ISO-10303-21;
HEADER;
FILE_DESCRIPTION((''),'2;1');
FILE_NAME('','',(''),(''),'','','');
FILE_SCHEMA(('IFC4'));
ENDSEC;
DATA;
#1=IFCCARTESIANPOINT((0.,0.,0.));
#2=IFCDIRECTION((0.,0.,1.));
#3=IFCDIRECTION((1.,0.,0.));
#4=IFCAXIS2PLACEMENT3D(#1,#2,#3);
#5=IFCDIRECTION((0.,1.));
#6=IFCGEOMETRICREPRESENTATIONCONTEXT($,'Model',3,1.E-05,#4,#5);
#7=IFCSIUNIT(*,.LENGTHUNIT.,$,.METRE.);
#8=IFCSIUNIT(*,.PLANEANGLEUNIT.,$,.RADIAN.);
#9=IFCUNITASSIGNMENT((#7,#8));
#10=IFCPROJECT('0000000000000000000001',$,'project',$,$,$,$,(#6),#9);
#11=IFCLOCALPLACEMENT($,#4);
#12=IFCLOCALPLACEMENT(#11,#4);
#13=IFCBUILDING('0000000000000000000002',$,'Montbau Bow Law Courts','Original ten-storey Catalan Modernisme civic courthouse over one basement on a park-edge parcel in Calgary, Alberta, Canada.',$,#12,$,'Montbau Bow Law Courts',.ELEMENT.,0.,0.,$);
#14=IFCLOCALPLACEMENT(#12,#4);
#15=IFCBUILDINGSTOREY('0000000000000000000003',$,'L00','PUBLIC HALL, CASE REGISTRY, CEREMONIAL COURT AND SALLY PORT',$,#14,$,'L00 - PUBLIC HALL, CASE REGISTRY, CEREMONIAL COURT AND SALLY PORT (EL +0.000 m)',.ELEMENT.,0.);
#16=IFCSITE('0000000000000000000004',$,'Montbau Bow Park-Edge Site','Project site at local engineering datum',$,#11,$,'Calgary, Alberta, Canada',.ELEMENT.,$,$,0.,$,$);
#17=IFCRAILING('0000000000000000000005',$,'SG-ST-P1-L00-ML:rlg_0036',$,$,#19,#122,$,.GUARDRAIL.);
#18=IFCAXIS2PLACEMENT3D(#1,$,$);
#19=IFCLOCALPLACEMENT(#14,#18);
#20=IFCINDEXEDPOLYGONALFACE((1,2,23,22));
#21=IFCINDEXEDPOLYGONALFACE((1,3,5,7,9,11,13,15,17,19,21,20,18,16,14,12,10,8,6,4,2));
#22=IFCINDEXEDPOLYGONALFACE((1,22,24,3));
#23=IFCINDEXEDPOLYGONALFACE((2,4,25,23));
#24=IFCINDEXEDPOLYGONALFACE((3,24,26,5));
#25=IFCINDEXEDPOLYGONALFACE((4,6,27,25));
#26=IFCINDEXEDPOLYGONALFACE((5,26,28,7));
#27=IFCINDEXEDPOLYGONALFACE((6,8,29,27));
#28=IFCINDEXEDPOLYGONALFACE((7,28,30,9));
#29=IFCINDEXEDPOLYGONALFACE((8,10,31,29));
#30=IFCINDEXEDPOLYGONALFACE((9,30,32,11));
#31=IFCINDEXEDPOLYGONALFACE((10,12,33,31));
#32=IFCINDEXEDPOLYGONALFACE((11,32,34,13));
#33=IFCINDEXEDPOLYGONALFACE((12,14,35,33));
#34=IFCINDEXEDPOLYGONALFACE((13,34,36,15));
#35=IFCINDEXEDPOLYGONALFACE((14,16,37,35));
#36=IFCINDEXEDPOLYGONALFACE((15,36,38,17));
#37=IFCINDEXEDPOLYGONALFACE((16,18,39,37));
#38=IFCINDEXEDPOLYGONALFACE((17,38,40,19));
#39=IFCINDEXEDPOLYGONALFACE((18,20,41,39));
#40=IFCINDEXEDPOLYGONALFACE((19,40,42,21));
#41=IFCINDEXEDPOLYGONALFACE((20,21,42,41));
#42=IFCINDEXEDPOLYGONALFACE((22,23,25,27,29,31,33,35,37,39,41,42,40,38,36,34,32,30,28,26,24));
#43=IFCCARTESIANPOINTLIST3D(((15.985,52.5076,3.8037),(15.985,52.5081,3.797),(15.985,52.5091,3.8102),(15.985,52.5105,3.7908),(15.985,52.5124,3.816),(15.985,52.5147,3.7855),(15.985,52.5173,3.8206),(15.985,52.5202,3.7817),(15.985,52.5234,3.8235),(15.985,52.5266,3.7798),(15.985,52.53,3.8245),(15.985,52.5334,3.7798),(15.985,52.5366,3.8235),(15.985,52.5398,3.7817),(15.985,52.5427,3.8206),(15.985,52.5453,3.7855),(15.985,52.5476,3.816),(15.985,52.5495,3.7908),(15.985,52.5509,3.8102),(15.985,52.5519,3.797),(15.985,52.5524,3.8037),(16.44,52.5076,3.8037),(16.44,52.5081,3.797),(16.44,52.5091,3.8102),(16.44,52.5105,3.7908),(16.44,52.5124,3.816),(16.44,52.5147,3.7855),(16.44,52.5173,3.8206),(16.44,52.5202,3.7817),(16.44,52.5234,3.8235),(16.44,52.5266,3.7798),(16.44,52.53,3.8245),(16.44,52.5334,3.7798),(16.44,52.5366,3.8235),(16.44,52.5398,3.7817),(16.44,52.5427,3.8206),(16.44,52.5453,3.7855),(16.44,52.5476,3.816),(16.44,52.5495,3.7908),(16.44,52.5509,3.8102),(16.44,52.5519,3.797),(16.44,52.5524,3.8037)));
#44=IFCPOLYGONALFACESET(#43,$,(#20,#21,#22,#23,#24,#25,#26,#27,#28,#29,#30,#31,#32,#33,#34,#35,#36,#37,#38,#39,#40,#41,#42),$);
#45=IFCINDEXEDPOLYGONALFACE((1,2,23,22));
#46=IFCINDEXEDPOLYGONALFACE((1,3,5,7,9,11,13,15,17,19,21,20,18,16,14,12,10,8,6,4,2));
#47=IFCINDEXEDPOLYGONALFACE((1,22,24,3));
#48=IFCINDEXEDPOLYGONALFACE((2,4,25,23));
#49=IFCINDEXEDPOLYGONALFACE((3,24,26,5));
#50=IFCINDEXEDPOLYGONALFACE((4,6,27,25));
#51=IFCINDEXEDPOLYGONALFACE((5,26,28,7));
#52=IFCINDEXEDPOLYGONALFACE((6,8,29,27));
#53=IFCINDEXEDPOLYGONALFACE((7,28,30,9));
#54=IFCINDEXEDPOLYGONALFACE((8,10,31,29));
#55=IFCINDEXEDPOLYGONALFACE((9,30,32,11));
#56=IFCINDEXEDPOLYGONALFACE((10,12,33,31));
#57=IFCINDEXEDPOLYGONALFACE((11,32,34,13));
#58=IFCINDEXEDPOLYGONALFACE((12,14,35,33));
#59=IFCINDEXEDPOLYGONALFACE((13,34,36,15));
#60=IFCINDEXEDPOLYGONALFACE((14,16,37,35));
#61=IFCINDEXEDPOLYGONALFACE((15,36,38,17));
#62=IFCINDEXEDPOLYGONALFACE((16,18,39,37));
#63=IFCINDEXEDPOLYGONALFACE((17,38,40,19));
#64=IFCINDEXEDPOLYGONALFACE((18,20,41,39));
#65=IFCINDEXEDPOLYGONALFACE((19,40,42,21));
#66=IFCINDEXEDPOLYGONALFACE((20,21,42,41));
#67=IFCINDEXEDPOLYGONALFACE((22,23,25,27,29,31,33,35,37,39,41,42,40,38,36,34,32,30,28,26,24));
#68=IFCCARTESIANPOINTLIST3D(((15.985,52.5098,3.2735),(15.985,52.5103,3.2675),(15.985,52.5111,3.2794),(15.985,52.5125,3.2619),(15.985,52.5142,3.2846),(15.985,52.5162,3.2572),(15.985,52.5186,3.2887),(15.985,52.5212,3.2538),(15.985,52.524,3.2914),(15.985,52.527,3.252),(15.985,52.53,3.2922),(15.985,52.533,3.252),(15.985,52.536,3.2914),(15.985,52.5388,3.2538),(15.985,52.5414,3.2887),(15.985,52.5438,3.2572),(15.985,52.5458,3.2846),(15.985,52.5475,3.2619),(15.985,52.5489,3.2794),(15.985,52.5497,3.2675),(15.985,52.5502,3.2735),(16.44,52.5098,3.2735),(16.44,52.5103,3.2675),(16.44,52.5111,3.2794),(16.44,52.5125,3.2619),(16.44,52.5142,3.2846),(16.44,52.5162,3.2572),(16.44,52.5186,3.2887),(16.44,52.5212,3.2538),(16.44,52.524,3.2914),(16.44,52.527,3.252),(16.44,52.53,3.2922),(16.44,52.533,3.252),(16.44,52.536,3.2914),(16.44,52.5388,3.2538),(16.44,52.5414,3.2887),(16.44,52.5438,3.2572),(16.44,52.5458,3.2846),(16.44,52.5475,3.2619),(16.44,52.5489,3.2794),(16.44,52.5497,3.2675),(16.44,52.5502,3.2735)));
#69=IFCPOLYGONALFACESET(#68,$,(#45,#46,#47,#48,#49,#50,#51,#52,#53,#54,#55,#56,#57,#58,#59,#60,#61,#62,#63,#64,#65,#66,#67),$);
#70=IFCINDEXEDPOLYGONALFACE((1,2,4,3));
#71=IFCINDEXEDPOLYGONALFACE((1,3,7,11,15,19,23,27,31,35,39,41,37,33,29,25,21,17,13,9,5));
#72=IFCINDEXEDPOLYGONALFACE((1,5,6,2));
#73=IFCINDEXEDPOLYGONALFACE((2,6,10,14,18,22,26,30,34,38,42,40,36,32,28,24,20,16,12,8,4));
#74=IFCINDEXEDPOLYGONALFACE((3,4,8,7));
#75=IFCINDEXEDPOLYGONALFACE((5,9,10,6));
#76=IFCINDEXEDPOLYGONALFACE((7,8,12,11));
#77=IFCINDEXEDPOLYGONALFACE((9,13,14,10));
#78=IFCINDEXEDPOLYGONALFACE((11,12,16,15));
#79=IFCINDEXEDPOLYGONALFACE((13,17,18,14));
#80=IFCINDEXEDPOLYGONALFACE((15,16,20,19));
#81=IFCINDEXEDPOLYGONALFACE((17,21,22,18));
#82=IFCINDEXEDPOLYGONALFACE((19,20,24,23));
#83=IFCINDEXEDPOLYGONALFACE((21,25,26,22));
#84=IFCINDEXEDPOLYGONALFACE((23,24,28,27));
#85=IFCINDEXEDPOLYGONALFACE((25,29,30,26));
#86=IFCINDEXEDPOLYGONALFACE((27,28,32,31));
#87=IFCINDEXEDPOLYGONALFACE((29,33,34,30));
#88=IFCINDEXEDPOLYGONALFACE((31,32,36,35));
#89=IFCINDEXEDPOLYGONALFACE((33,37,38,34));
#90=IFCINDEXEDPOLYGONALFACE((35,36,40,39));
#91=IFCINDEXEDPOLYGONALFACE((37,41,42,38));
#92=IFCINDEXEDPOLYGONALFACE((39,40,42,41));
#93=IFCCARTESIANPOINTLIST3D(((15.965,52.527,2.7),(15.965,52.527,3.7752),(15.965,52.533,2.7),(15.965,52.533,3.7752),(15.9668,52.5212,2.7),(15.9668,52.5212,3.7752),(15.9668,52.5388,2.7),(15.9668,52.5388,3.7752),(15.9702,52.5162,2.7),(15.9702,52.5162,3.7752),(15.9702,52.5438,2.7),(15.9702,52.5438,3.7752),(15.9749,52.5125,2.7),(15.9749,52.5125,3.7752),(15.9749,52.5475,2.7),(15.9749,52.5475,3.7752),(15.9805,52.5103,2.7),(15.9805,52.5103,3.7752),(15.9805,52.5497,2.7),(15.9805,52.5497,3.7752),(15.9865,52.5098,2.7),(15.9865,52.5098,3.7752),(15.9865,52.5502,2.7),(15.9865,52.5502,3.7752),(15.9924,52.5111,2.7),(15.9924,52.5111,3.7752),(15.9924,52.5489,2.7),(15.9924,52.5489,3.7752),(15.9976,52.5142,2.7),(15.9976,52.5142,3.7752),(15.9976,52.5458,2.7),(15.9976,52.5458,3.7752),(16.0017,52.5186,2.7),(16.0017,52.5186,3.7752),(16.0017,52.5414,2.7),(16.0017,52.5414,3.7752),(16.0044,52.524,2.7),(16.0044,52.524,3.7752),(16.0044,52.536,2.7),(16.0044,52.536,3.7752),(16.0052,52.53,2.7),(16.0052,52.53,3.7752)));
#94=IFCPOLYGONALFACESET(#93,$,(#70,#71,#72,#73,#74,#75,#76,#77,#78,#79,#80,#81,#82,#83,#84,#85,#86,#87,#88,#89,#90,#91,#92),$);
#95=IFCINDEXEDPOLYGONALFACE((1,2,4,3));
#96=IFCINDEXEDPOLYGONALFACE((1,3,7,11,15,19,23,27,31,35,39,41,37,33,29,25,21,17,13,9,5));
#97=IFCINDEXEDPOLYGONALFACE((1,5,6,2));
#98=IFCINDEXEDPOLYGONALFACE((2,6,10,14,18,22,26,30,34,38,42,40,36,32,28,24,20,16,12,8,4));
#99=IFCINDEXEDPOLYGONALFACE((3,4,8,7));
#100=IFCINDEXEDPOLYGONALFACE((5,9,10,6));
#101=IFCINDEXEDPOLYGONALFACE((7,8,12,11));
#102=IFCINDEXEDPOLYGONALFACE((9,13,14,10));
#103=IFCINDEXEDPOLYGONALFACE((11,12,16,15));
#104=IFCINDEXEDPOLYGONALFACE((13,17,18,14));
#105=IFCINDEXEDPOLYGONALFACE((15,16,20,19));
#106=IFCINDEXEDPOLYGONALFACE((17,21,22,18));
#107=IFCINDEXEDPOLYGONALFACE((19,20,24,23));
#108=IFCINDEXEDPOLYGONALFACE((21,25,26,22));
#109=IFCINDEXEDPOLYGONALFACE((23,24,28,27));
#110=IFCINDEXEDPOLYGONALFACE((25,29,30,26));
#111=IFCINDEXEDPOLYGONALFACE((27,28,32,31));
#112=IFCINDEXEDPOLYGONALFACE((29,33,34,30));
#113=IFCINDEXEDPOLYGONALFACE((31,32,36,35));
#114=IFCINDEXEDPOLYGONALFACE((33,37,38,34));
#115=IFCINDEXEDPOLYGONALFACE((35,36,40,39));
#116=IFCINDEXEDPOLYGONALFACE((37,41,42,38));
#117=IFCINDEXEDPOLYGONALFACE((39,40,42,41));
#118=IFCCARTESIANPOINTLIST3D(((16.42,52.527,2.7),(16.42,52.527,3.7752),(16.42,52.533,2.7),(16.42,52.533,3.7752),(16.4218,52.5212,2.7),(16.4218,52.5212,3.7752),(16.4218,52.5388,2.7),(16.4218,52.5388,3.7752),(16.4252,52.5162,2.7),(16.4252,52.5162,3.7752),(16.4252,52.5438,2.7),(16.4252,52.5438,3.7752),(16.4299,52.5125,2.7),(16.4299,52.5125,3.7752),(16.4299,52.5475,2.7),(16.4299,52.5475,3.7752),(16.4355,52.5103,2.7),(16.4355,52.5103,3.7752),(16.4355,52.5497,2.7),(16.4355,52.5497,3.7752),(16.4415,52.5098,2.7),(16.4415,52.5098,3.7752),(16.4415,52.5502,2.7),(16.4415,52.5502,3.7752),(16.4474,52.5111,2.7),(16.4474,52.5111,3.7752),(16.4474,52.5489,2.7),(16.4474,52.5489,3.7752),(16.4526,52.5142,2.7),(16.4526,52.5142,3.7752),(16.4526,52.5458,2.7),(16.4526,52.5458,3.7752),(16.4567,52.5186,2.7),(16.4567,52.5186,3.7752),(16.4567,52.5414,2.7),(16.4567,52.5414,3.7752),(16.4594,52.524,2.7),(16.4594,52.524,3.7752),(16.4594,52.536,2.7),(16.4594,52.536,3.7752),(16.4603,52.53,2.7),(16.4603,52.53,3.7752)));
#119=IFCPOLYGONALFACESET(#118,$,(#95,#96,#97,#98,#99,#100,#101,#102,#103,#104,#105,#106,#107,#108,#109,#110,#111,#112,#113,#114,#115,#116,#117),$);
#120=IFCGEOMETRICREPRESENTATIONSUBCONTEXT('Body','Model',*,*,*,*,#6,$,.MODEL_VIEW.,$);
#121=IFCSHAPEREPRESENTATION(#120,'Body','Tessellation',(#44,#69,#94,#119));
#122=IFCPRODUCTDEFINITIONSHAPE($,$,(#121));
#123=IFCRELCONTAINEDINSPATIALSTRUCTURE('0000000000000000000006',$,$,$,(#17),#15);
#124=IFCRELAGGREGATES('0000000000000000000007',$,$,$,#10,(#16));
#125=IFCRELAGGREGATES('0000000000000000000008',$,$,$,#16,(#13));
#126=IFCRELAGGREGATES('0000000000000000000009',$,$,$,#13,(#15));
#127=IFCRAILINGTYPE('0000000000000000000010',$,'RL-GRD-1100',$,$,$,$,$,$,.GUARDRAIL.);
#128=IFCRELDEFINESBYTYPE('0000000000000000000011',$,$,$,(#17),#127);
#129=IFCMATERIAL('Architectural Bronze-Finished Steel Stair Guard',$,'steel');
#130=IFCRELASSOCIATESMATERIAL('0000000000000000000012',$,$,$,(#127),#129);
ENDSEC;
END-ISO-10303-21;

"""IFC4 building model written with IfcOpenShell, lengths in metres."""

from ifc_helpers import new_model, si_unit, direction, frame, origin_with_axes, origin_2d_with_axis, place, context, subcontext, project, spatial, circle, extrude, material, type_object, element, save


model = new_model("IFC4")

# Units and contexts
model_context = context("Model", 3, precision=1e-05, world=origin_with_axes(), true_north=direction((0.0, 1.0)))
body_context = subcontext(model_context, "Body", "Model", "MODEL_VIEW")
ifc_project = project(units=[si_unit("LENGTHUNIT", "METRE"), si_unit("PLANEANGLEUNIT", "RADIAN")], contexts=[model_context])

# Site, building, storey
site_placement = place(None, origin_with_axes())
site = spatial("IfcSite", under=ifc_project, at=site_placement, Name="Montbau Bow Park-Edge Site", Description="Project site at local engineering datum", LongName="Calgary, Alberta, Canada", CompositionType="ELEMENT", RefElevation=0.0)
building_placement = place(site_placement, origin_with_axes())
building = spatial("IfcBuilding", under=site, at=building_placement, Name="Montbau Bow Law Courts", Description="Original ten-storey Catalan Modernisme civic courthouse over one basement on a park-edge parcel in Calgary, Alberta, Canada.", LongName="Montbau Bow Law Courts", CompositionType="ELEMENT", ElevationOfRefHeight=0.0, ElevationOfTerrain=0.0)
storey_placement = place(building_placement, origin_with_axes())
storey = spatial("IfcBuildingStorey", under=building, at=storey_placement, Name="L00", Description="PUBLIC HALL, CASE REGISTRY, CEREMONIAL COURT AND SALLY PORT", LongName="L00 - PUBLIC HALL, CASE REGISTRY, CEREMONIAL COURT AND SALLY PORT (EL +0.000 m)", CompositionType="ELEMENT", Elevation=0.0)

# Railing
ifc_material_1 = material(Name="Architectural Bronze-Finished Steel Stair Guard", Category="steel")
railing_type_1 = type_object("IfcRailingType", Name="RL-GRD-1100", PredefinedType="GUARDRAIL", material=ifc_material_1)
railing_1_placement = place(None, origin_with_axes())
element("IfcRailing", 1, at=railing_1_placement, inside=storey, type_object=railing_type_1, Name="SG-ST-P1-L00-ML:rlg_0036", PredefinedType="GUARDRAIL", context=body_context, shape_type="SweptSolid", body=[
    extrude(circle(Radius=0.0225, at=origin_2d_with_axis()), frame((15.985, 52.53, 3.802), z_axis=(1.0, 0.0, 0.0), x_axis=(0.0, 0.0, 1.0)), (0.0, 0.0, 1.0), 0.455),
    extrude(circle(Radius=0.0203, at=origin_2d_with_axis()), frame((15.985, 52.53, 3.272), z_axis=(1.0, 0.0, 0.0), x_axis=(0.0, 0.0, 1.0)), (0.0, 0.0, 1.0), 0.455),
    extrude(circle(Radius=0.0203, at=origin_2d_with_axis()), frame((15.985, 52.53, 2.7), z_axis=(0.0, 0.0, 1.0), x_axis=(1.0, 0.0, 0.0)), (0.0, 0.0, 1.0), 1.0753),
    extrude(circle(Radius=0.0203, at=origin_2d_with_axis()), frame((16.44, 52.53, 2.7), z_axis=(0.0, 0.0, 1.0), x_axis=(1.0, 0.0, 0.0)), (0.0, 0.0, 1.0), 1.0753),
])

save(model, "model.ifc")
